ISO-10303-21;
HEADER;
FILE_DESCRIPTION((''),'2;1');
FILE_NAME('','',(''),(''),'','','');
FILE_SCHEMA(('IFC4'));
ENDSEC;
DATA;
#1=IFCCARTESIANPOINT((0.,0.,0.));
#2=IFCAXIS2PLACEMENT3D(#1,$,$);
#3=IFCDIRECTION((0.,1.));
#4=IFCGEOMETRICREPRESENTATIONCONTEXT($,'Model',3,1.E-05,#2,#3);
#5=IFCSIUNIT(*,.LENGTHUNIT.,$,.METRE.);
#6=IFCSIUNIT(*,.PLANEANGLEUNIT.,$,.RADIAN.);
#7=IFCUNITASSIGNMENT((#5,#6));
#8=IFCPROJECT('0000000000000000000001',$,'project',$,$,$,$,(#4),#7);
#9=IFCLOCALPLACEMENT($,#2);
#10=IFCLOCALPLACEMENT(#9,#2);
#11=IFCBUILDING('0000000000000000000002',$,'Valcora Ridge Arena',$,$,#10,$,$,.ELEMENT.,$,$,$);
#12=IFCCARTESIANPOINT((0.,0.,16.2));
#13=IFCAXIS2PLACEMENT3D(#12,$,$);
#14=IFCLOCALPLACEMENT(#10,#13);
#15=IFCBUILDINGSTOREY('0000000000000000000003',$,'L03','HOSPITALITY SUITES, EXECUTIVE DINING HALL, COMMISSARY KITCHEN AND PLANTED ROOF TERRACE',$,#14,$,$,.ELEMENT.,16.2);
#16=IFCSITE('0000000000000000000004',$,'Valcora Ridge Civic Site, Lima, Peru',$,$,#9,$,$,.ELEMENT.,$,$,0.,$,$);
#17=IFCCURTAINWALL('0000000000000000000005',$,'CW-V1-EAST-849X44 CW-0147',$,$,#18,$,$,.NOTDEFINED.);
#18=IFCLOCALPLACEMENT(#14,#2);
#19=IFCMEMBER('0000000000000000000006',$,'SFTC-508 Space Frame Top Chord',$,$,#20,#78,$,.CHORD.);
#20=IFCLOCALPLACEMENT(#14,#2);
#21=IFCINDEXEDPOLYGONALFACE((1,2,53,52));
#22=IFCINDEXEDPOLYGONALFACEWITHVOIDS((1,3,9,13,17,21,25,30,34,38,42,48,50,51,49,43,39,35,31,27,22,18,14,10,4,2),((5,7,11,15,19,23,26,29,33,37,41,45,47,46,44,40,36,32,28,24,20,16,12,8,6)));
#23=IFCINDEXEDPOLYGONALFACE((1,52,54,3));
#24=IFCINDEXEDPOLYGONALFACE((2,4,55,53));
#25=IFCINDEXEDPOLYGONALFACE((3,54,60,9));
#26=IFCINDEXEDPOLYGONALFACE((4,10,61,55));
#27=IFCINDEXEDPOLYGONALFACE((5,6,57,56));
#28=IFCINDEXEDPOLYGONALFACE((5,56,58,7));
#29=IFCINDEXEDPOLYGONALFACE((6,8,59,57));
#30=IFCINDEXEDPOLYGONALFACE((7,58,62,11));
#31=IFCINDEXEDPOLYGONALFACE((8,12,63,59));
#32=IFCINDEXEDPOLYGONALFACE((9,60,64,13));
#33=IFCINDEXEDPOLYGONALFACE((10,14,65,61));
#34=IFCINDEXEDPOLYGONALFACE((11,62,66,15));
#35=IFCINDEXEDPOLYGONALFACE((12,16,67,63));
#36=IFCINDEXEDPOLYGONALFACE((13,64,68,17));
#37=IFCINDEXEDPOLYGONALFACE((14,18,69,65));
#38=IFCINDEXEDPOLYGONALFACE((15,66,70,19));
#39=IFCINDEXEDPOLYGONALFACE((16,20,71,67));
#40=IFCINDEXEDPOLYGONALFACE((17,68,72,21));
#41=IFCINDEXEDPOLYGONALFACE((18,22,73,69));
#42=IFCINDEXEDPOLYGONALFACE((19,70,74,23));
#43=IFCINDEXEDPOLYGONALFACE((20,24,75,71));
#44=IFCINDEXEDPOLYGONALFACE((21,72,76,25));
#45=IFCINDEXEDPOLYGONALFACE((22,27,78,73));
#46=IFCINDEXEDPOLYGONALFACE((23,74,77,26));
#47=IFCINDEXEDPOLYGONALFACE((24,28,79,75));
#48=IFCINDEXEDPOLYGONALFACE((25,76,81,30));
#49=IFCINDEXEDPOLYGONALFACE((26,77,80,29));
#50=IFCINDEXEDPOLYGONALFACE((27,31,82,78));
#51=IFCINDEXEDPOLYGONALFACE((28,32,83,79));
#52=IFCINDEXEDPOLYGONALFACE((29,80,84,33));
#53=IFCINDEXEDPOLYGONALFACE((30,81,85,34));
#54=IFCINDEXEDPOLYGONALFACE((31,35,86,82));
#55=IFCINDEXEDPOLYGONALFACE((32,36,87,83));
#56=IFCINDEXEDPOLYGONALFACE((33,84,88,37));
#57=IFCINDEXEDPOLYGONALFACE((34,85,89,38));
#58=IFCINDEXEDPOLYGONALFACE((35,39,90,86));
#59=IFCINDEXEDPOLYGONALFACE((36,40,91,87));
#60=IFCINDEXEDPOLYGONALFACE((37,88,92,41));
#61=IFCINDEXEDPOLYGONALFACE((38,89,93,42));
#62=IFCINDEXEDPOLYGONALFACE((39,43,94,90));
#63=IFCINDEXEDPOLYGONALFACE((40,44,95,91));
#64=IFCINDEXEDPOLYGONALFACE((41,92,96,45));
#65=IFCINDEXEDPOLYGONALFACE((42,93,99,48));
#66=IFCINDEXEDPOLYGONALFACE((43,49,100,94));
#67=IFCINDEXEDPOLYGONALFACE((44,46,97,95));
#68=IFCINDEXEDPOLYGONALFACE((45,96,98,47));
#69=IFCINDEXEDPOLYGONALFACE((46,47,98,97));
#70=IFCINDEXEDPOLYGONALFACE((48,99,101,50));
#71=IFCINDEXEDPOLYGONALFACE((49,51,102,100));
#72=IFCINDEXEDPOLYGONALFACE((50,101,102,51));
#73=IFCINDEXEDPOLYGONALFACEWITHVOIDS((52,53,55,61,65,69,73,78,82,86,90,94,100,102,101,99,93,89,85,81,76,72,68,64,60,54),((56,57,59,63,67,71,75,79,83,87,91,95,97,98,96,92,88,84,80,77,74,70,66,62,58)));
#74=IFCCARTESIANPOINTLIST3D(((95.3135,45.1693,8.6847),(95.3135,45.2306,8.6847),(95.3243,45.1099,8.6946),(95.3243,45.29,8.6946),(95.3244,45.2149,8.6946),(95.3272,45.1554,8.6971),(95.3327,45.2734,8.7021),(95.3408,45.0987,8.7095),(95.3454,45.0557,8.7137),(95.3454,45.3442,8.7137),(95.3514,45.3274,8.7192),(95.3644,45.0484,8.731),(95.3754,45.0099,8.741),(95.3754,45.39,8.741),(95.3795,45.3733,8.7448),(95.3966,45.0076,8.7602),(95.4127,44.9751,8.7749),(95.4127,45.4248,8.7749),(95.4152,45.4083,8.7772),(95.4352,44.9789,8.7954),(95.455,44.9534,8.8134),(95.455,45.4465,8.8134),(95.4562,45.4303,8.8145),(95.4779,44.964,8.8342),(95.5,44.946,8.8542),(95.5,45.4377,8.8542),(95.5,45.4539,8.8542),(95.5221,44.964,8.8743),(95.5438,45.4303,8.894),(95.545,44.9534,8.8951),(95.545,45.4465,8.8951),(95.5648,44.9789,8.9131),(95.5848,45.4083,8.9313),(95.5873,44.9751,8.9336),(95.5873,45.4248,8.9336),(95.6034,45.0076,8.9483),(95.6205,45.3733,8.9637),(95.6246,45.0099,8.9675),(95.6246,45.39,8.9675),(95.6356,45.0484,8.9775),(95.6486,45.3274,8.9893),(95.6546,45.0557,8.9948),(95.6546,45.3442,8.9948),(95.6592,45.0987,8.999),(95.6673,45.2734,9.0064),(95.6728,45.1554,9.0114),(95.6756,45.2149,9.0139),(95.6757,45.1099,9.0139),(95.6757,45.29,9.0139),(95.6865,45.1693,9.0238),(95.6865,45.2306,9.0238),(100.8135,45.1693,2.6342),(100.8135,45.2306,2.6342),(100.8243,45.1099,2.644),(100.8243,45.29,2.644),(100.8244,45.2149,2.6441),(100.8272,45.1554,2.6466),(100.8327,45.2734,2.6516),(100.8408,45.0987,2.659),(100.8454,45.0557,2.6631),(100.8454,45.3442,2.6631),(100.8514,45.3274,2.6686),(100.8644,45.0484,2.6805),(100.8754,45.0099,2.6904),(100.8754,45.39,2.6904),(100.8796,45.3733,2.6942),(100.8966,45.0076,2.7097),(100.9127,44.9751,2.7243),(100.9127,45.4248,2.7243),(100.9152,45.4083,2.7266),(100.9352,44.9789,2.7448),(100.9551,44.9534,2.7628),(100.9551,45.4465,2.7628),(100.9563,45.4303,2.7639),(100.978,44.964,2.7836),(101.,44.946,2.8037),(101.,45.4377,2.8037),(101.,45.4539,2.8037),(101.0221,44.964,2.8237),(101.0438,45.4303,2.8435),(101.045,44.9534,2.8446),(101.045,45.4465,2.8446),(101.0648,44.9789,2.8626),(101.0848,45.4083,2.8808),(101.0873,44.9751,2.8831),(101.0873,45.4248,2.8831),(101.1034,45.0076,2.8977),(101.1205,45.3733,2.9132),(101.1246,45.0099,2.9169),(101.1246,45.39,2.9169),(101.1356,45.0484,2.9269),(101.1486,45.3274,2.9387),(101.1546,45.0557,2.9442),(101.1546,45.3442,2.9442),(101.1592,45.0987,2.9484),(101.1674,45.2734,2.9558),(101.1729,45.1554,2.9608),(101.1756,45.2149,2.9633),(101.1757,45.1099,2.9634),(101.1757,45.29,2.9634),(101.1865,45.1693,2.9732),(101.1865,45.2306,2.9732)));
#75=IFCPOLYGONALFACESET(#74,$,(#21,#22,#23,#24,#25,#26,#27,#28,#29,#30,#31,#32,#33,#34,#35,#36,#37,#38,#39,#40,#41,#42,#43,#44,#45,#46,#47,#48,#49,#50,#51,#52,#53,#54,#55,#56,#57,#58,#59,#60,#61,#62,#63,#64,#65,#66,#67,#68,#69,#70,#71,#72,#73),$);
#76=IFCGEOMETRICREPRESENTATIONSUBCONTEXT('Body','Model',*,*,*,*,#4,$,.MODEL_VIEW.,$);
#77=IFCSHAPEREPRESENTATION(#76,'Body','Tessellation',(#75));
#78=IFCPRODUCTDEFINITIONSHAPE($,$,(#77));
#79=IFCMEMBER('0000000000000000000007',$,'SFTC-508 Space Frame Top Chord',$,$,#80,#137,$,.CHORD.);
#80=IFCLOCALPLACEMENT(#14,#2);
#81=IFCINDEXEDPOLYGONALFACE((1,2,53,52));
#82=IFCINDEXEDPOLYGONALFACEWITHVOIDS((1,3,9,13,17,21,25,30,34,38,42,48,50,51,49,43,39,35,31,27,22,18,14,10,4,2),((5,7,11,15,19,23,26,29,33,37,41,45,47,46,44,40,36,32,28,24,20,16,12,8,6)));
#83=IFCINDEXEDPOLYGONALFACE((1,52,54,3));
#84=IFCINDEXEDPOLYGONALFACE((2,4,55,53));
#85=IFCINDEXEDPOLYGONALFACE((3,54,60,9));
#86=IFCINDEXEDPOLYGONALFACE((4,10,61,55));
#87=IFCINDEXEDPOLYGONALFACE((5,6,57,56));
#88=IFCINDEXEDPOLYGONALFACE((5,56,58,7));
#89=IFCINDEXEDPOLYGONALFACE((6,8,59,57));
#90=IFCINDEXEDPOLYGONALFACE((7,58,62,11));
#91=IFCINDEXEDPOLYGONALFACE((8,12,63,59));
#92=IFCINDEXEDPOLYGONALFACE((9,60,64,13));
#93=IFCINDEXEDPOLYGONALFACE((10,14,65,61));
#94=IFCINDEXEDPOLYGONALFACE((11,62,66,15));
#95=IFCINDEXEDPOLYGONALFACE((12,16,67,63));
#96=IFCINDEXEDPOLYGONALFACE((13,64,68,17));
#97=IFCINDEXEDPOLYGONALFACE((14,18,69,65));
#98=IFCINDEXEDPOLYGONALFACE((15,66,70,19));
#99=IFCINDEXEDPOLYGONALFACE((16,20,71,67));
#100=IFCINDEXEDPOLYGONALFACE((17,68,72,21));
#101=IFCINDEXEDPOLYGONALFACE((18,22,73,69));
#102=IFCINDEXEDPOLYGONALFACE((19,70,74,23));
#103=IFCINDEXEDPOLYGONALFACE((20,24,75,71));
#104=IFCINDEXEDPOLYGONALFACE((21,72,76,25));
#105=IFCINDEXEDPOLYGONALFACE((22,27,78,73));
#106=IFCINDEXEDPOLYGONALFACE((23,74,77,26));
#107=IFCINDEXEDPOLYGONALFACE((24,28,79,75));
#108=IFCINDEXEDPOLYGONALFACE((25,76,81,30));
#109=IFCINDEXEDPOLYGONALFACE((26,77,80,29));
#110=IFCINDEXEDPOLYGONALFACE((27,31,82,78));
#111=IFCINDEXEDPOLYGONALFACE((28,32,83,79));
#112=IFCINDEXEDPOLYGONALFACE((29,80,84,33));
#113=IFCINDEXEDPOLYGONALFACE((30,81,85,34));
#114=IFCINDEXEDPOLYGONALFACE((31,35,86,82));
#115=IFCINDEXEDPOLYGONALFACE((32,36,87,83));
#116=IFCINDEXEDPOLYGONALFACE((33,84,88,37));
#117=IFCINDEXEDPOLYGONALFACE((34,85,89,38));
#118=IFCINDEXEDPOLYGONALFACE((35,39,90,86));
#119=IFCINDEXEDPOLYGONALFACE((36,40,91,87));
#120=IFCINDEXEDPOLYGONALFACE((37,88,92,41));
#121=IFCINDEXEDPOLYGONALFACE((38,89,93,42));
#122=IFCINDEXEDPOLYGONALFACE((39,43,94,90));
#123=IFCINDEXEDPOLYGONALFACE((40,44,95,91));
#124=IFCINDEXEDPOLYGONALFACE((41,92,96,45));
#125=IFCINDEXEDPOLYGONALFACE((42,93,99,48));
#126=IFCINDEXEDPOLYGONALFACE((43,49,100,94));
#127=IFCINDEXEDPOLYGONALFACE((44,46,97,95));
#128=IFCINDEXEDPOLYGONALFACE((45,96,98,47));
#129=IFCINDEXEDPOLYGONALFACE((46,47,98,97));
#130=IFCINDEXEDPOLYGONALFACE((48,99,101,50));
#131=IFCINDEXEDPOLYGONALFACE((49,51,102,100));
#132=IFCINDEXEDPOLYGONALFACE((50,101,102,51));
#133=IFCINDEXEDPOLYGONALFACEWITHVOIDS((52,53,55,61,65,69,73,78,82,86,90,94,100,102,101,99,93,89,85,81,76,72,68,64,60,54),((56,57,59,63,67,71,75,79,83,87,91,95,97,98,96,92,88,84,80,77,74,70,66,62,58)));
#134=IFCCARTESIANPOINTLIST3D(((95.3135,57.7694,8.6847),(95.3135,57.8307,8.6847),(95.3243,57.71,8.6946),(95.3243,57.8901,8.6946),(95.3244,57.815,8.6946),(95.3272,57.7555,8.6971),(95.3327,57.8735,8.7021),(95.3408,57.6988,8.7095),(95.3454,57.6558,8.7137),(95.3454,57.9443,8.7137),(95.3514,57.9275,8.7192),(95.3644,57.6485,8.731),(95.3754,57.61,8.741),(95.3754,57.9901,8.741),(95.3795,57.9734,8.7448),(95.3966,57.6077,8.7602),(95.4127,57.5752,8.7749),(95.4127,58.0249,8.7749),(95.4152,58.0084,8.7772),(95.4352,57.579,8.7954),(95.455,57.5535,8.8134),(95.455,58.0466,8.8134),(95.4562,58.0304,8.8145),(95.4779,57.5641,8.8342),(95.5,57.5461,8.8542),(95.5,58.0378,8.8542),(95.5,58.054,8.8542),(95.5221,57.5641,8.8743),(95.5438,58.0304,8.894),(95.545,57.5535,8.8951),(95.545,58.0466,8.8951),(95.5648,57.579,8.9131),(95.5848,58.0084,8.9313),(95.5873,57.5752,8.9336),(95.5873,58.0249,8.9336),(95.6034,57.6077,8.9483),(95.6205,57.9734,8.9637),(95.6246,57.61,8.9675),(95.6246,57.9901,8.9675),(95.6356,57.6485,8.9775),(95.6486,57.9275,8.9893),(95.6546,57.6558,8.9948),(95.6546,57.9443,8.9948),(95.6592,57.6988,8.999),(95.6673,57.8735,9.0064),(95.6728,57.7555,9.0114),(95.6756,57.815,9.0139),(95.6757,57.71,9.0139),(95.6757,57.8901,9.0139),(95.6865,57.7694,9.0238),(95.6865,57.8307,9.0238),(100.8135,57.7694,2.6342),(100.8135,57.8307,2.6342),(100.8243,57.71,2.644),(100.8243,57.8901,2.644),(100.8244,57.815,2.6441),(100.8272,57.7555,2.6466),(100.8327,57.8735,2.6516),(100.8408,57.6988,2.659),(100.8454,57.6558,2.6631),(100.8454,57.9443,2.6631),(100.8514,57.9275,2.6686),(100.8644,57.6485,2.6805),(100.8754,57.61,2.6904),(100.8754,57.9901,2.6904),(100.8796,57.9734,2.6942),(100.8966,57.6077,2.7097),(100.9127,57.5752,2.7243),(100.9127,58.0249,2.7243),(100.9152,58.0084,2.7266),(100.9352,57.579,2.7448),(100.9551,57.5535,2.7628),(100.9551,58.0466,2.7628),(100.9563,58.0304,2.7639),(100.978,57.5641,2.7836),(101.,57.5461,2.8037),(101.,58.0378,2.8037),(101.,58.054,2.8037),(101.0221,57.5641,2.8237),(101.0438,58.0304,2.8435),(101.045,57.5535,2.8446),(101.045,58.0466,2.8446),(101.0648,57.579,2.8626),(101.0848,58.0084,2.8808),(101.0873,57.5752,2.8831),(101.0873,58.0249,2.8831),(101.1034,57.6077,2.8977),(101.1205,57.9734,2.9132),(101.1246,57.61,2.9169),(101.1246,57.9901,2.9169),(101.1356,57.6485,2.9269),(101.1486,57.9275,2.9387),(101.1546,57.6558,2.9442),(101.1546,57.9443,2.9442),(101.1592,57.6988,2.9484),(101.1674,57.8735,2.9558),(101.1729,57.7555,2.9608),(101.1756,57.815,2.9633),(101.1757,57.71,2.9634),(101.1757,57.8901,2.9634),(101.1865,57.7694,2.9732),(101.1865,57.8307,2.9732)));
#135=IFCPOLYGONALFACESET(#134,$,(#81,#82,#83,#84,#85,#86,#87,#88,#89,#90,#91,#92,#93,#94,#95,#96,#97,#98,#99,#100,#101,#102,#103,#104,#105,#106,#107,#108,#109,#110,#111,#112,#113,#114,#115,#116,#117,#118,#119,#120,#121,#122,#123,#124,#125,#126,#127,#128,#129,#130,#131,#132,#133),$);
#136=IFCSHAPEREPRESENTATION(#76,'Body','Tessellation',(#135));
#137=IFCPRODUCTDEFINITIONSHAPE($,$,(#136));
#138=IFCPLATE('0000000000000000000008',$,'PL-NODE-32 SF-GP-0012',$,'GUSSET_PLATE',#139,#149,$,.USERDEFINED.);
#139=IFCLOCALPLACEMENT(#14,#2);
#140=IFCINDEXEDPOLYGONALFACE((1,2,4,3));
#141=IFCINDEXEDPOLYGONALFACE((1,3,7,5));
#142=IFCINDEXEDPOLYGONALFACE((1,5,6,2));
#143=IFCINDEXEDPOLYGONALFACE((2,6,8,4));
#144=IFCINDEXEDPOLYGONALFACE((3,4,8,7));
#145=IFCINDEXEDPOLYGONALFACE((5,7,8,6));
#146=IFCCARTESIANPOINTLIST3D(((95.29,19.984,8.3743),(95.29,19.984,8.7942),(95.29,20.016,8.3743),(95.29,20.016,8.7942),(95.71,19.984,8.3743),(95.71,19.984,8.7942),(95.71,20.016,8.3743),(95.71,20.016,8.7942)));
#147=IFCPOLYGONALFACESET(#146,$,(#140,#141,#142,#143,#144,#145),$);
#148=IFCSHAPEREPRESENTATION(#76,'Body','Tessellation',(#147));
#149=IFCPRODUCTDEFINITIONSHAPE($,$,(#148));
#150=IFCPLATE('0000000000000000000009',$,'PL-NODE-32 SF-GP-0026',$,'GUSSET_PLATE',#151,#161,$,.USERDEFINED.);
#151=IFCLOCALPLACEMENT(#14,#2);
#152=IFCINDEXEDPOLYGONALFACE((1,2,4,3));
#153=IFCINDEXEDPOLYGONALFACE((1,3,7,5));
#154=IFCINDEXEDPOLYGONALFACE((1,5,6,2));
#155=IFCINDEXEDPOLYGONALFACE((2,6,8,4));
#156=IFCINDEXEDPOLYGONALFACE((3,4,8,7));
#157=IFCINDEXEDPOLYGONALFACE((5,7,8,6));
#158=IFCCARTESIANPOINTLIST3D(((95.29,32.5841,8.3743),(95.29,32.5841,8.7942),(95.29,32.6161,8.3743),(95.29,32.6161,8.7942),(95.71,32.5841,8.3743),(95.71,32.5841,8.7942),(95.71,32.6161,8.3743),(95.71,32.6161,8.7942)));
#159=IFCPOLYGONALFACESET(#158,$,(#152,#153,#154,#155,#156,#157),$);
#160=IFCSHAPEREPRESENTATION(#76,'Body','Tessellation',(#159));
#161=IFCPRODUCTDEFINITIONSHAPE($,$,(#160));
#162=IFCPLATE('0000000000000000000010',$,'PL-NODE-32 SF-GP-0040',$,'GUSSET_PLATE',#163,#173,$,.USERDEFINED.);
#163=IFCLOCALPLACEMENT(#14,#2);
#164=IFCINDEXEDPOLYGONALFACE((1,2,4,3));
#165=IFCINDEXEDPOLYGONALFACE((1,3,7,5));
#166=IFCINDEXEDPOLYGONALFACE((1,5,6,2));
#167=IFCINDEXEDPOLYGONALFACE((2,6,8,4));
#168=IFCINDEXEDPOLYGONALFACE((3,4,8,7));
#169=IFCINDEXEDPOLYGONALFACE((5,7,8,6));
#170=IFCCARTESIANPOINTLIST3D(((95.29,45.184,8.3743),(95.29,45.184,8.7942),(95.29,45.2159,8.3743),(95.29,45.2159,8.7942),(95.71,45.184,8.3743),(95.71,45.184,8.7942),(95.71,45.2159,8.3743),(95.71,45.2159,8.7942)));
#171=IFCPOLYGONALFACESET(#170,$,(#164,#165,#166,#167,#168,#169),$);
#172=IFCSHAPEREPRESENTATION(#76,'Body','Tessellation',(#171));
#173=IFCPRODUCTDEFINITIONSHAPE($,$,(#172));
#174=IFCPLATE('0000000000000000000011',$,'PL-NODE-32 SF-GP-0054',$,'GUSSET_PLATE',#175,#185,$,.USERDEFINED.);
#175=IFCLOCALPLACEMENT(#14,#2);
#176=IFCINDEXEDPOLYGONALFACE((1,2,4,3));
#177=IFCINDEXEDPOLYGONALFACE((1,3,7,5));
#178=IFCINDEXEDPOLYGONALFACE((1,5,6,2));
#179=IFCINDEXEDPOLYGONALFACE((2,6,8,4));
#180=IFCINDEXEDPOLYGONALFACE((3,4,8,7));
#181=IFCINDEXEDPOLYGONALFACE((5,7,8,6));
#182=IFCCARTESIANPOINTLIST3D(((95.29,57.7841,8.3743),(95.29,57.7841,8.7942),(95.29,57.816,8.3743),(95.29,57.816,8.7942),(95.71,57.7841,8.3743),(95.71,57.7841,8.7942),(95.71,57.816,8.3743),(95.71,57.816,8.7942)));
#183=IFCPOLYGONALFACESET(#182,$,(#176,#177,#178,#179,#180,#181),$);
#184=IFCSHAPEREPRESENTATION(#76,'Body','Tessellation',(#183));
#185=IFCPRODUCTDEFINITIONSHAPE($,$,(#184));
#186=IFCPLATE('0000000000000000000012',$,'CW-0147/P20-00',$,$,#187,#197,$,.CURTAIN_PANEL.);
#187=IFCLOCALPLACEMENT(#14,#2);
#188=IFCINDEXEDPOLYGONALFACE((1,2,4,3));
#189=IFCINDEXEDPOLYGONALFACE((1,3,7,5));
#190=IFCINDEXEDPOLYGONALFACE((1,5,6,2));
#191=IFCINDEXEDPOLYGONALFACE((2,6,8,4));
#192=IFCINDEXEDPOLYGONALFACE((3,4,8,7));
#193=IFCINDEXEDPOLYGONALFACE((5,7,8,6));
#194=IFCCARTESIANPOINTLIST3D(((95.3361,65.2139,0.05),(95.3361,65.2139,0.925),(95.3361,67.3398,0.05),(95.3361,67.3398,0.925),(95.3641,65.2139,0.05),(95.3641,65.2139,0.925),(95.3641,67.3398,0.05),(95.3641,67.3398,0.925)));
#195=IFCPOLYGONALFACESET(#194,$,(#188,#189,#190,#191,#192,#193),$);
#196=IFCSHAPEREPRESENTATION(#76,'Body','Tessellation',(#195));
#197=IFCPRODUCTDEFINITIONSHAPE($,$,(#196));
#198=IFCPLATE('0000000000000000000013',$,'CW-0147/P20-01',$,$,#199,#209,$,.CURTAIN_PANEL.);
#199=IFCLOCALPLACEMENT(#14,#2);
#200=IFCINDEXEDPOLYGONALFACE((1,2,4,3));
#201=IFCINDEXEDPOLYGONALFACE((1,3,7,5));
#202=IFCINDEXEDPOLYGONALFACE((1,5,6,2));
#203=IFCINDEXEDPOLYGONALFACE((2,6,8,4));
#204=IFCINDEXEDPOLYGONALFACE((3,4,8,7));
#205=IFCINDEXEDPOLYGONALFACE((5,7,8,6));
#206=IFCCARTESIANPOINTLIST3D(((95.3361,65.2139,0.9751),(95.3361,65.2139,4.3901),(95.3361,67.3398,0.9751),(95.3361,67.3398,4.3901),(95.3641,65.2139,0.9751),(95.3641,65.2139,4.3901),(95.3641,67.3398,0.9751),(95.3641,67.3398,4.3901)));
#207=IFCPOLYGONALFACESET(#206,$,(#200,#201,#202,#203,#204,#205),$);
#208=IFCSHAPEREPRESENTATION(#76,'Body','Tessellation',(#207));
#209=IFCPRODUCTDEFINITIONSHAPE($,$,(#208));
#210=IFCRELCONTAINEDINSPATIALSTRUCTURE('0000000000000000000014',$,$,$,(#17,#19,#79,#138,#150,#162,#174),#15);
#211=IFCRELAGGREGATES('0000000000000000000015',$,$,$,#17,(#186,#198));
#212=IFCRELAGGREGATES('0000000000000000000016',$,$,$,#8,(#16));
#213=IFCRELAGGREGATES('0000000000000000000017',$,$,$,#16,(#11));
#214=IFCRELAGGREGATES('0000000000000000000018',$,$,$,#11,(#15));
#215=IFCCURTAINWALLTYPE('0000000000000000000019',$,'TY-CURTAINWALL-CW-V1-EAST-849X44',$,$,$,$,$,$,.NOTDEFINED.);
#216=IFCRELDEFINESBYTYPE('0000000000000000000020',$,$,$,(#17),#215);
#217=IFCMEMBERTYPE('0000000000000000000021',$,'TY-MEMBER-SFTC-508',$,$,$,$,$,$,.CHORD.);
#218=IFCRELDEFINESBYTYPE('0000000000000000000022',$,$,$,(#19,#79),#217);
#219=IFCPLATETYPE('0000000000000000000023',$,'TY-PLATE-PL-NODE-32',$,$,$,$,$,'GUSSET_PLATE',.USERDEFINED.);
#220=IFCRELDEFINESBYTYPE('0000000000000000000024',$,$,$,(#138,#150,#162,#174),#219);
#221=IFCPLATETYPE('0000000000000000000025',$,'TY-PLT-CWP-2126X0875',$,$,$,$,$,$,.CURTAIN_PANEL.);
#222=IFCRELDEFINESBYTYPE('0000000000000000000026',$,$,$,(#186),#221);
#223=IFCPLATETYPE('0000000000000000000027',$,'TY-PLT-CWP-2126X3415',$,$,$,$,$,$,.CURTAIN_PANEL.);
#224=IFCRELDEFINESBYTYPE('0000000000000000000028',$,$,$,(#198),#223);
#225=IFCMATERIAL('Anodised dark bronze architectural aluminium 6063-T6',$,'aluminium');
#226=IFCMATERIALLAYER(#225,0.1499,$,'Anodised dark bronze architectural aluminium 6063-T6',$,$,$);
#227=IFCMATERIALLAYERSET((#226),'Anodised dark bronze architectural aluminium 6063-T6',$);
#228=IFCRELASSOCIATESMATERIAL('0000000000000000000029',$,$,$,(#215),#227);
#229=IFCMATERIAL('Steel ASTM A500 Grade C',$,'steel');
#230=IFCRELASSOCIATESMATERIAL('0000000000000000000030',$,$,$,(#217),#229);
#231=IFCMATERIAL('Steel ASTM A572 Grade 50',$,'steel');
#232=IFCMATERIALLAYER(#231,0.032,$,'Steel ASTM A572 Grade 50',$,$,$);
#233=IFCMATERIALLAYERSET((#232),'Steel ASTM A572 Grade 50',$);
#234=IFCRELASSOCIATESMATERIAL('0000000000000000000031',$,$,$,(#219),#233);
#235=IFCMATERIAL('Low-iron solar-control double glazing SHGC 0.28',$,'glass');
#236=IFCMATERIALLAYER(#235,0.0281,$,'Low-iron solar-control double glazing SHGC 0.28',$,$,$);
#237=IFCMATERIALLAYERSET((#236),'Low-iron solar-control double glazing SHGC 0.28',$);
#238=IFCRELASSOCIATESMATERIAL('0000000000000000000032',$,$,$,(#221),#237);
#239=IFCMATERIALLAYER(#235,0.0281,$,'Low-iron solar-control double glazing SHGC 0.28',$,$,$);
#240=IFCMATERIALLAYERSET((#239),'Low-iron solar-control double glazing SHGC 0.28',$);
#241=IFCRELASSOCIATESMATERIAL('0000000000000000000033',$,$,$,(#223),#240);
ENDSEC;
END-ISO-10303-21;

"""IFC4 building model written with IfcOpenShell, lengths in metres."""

from ifc_helpers import new_model, si_unit, direction, frame, origin, origin_2d, place, context, subcontext, project, spatial, rectangle, hollow_circle, extrude, material, layer, layer_set, material_profile, profile_set, type_object, element, aggregate, save


model = new_model("IFC4")

# Units and contexts
model_context = context("Model", 3, precision=1e-05, world=origin(), true_north=direction((0.0, 1.0)))
body_context = subcontext(model_context, "Body", "Model", "MODEL_VIEW")
ifc_project = project(units=[si_unit("LENGTHUNIT", "METRE"), si_unit("PLANEANGLEUNIT", "RADIAN")], contexts=[model_context])

# Site, building, storey
site_placement = place(None, origin())
site = spatial("IfcSite", under=ifc_project, at=site_placement, Name="Valcora Ridge Civic Site, Lima, Peru", CompositionType="ELEMENT", RefElevation=0.0)
building_placement = place(site_placement, origin())
building = spatial("IfcBuilding", under=site, at=building_placement, Name="Valcora Ridge Arena", CompositionType="ELEMENT")
storey_placement = place(building_placement, frame((0.0, 0.0, 16.2)))
storey = spatial("IfcBuildingStorey", under=building, at=storey_placement, Name="L03", Description="HOSPITALITY SUITES, EXECUTIVE DINING HALL, COMMISSARY KITCHEN AND PLANTED ROOF TERRACE", CompositionType="ELEMENT", Elevation=16.2)

# Shared definitions
ifc_material_1 = material(Name="Anodised dark bronze architectural aluminium 6063-T6", Category="aluminium")

# Curtain wall
ifc_layer_1 = layer(ifc_material_1, 0.1499, Name="Anodised dark bronze architectural aluminium 6063-T6")
ifc_layer_set_1 = layer_set([ifc_layer_1], Name="Anodised dark bronze architectural aluminium 6063-T6")
curtain_wall_type_1 = type_object("IfcCurtainWallType", Name="TY-CURTAINWALL-CW-V1-EAST-849X44", PredefinedType="NOTDEFINED", material=ifc_layer_set_1)
curtain_wall_1_placement = place(storey_placement, origin())
curtain_wall_1 = element("IfcCurtainWall", 1, at=curtain_wall_1_placement, inside=storey, type_object=curtain_wall_type_1, Name="CW-V1-EAST-849X44 CW-0147", PredefinedType="NOTDEFINED")

# Members
ifc_material_2 = material(Name="Steel ASTM A572 Grade 50", Category="steel")
ifc_material_3 = material(Name="Steel ASTM A500 Grade C", Category="steel")
ifc_material_profile_1 = material_profile(ifc_material_3, hollow_circle(Radius=0.2539, WallThickness=0.0161, at=origin_2d()), Name="CHS508X16")
ifc_profile_set_1 = profile_set([ifc_material_profile_1], Name="Steel ASTM A500 Grade C")
member_type_1 = type_object("IfcMemberType", Name="TY-MEMBER-SFTC-508", PredefinedType="CHORD", material=ifc_profile_set_1)
for number, where, z_axis, x_axis, name in (
    (2, (95.5, 45.2, 8.8542), (0.67264, 0.0, -0.73997), (0.0, 1.0, 0.0), "SFTC-508 Space Frame Top Chord"),
    (3, (95.5, 57.8, 8.8542), (0.67264, 0.0, -0.73997), (0.0, 1.0, 0.0), "SFTC-508 Space Frame Top Chord"),
):
    element("IfcMember", number, at=place(storey_placement, frame(where, z_axis=z_axis, x_axis=x_axis)), inside=storey, type_object=member_type_1, Name=name, PredefinedType="CHORD", context=body_context, shape_type="SweptSolid", body=[
        extrude(hollow_circle(Radius=0.2539, WallThickness=0.0161, at=origin_2d()), origin(), (0.0, 0.0, 1.0), 8.1768),
    ])

# Plates
ifc_layer_2 = layer(ifc_material_2, 0.032, Name="Steel ASTM A572 Grade 50")
ifc_layer_set_2 = layer_set([ifc_layer_2], Name="Steel ASTM A572 Grade 50")
plate_type_1 = type_object("IfcPlateType", Name="TY-PLATE-PL-NODE-32", ElementType="GUSSET_PLATE", PredefinedType="USERDEFINED", material=ifc_layer_set_2)
for number, where, z_axis, x_axis, name in (
    (4, (95.5, 20.0, 8.3743), (0.0, 0.0, 1.0), (1.0, 0.0, 0.0), "PL-NODE-32 SF-GP-0012"),
    (5, (95.5, 32.6001, 8.3743), (0.0, 0.0, 1.0), (1.0, 0.0, 0.0), "PL-NODE-32 SF-GP-0026"),
    (6, (95.5, 45.2, 8.3743), (0.0, 0.0, 1.0), (1.0, 0.0, 0.0), "PL-NODE-32 SF-GP-0040"),
    (7, (95.5, 57.8, 8.3743), (0.0, 0.0, 1.0), (1.0, 0.0, 0.0), "PL-NODE-32 SF-GP-0054"),
):
    element("IfcPlate", number, at=place(storey_placement, frame(where, z_axis=z_axis, x_axis=x_axis)), inside=storey, type_object=plate_type_1, Name=name, ObjectType="GUSSET_PLATE", PredefinedType="USERDEFINED", context=body_context, shape_type="SweptSolid", body=[
        extrude(rectangle(XDim=0.4199, YDim=0.032, at=origin_2d()), origin(), (0.0, 0.0, 1.0), 0.4199),
    ])

# Plates
ifc_material_4 = material(Name="Low-iron solar-control double glazing SHGC 0.28", Category="glass")
ifc_layer_3 = layer(ifc_material_4, 0.0281, Name="Low-iron solar-control double glazing SHGC 0.28")
ifc_layer_set_3 = layer_set([ifc_layer_3], Name="Low-iron solar-control double glazing SHGC 0.28")
plate_type_2 = type_object("IfcPlateType", Name="TY-PLT-CWP-2126X0875", PredefinedType="CURTAIN_PANEL", material=ifc_layer_set_3)
plate_1_placement = place(storey_placement, frame((95.3501, 66.2769, 0.05), z_axis=(0.0, 0.0, 1.0), x_axis=(0.0, 1.0, 0.0)))
plate_1 = element("IfcPlate", 8, at=plate_1_placement, type_object=plate_type_2, Name="CW-0147/P20-00", PredefinedType="CURTAIN_PANEL", context=body_context, shape_type="SweptSolid", body=[
    extrude(rectangle(XDim=2.126, YDim=0.0281, at=origin_2d()), origin(), (0.0, 0.0, 1.0), 0.875),
])
ifc_layer_4 = layer(ifc_material_4, 0.0281, Name="Low-iron solar-control double glazing SHGC 0.28")
ifc_layer_set_4 = layer_set([ifc_layer_4], Name="Low-iron solar-control double glazing SHGC 0.28")
plate_type_3 = type_object("IfcPlateType", Name="TY-PLT-CWP-2126X3415", PredefinedType="CURTAIN_PANEL", material=ifc_layer_set_4)
plate_2_placement = place(storey_placement, frame((95.3501, 66.2769, 0.9751), z_axis=(0.0, 0.0, 1.0), x_axis=(0.0, 1.0, 0.0)))
plate_2 = element("IfcPlate", 9, at=plate_2_placement, type_object=plate_type_3, Name="CW-0147/P20-01", PredefinedType="CURTAIN_PANEL", context=body_context, shape_type="SweptSolid", body=[
    extrude(rectangle(XDim=2.126, YDim=0.0281, at=origin_2d()), origin(), (0.0, 0.0, 1.0), 3.415),
])
aggregate(curtain_wall_1, [plate_1, plate_2])

save(model, "model.ifc")
